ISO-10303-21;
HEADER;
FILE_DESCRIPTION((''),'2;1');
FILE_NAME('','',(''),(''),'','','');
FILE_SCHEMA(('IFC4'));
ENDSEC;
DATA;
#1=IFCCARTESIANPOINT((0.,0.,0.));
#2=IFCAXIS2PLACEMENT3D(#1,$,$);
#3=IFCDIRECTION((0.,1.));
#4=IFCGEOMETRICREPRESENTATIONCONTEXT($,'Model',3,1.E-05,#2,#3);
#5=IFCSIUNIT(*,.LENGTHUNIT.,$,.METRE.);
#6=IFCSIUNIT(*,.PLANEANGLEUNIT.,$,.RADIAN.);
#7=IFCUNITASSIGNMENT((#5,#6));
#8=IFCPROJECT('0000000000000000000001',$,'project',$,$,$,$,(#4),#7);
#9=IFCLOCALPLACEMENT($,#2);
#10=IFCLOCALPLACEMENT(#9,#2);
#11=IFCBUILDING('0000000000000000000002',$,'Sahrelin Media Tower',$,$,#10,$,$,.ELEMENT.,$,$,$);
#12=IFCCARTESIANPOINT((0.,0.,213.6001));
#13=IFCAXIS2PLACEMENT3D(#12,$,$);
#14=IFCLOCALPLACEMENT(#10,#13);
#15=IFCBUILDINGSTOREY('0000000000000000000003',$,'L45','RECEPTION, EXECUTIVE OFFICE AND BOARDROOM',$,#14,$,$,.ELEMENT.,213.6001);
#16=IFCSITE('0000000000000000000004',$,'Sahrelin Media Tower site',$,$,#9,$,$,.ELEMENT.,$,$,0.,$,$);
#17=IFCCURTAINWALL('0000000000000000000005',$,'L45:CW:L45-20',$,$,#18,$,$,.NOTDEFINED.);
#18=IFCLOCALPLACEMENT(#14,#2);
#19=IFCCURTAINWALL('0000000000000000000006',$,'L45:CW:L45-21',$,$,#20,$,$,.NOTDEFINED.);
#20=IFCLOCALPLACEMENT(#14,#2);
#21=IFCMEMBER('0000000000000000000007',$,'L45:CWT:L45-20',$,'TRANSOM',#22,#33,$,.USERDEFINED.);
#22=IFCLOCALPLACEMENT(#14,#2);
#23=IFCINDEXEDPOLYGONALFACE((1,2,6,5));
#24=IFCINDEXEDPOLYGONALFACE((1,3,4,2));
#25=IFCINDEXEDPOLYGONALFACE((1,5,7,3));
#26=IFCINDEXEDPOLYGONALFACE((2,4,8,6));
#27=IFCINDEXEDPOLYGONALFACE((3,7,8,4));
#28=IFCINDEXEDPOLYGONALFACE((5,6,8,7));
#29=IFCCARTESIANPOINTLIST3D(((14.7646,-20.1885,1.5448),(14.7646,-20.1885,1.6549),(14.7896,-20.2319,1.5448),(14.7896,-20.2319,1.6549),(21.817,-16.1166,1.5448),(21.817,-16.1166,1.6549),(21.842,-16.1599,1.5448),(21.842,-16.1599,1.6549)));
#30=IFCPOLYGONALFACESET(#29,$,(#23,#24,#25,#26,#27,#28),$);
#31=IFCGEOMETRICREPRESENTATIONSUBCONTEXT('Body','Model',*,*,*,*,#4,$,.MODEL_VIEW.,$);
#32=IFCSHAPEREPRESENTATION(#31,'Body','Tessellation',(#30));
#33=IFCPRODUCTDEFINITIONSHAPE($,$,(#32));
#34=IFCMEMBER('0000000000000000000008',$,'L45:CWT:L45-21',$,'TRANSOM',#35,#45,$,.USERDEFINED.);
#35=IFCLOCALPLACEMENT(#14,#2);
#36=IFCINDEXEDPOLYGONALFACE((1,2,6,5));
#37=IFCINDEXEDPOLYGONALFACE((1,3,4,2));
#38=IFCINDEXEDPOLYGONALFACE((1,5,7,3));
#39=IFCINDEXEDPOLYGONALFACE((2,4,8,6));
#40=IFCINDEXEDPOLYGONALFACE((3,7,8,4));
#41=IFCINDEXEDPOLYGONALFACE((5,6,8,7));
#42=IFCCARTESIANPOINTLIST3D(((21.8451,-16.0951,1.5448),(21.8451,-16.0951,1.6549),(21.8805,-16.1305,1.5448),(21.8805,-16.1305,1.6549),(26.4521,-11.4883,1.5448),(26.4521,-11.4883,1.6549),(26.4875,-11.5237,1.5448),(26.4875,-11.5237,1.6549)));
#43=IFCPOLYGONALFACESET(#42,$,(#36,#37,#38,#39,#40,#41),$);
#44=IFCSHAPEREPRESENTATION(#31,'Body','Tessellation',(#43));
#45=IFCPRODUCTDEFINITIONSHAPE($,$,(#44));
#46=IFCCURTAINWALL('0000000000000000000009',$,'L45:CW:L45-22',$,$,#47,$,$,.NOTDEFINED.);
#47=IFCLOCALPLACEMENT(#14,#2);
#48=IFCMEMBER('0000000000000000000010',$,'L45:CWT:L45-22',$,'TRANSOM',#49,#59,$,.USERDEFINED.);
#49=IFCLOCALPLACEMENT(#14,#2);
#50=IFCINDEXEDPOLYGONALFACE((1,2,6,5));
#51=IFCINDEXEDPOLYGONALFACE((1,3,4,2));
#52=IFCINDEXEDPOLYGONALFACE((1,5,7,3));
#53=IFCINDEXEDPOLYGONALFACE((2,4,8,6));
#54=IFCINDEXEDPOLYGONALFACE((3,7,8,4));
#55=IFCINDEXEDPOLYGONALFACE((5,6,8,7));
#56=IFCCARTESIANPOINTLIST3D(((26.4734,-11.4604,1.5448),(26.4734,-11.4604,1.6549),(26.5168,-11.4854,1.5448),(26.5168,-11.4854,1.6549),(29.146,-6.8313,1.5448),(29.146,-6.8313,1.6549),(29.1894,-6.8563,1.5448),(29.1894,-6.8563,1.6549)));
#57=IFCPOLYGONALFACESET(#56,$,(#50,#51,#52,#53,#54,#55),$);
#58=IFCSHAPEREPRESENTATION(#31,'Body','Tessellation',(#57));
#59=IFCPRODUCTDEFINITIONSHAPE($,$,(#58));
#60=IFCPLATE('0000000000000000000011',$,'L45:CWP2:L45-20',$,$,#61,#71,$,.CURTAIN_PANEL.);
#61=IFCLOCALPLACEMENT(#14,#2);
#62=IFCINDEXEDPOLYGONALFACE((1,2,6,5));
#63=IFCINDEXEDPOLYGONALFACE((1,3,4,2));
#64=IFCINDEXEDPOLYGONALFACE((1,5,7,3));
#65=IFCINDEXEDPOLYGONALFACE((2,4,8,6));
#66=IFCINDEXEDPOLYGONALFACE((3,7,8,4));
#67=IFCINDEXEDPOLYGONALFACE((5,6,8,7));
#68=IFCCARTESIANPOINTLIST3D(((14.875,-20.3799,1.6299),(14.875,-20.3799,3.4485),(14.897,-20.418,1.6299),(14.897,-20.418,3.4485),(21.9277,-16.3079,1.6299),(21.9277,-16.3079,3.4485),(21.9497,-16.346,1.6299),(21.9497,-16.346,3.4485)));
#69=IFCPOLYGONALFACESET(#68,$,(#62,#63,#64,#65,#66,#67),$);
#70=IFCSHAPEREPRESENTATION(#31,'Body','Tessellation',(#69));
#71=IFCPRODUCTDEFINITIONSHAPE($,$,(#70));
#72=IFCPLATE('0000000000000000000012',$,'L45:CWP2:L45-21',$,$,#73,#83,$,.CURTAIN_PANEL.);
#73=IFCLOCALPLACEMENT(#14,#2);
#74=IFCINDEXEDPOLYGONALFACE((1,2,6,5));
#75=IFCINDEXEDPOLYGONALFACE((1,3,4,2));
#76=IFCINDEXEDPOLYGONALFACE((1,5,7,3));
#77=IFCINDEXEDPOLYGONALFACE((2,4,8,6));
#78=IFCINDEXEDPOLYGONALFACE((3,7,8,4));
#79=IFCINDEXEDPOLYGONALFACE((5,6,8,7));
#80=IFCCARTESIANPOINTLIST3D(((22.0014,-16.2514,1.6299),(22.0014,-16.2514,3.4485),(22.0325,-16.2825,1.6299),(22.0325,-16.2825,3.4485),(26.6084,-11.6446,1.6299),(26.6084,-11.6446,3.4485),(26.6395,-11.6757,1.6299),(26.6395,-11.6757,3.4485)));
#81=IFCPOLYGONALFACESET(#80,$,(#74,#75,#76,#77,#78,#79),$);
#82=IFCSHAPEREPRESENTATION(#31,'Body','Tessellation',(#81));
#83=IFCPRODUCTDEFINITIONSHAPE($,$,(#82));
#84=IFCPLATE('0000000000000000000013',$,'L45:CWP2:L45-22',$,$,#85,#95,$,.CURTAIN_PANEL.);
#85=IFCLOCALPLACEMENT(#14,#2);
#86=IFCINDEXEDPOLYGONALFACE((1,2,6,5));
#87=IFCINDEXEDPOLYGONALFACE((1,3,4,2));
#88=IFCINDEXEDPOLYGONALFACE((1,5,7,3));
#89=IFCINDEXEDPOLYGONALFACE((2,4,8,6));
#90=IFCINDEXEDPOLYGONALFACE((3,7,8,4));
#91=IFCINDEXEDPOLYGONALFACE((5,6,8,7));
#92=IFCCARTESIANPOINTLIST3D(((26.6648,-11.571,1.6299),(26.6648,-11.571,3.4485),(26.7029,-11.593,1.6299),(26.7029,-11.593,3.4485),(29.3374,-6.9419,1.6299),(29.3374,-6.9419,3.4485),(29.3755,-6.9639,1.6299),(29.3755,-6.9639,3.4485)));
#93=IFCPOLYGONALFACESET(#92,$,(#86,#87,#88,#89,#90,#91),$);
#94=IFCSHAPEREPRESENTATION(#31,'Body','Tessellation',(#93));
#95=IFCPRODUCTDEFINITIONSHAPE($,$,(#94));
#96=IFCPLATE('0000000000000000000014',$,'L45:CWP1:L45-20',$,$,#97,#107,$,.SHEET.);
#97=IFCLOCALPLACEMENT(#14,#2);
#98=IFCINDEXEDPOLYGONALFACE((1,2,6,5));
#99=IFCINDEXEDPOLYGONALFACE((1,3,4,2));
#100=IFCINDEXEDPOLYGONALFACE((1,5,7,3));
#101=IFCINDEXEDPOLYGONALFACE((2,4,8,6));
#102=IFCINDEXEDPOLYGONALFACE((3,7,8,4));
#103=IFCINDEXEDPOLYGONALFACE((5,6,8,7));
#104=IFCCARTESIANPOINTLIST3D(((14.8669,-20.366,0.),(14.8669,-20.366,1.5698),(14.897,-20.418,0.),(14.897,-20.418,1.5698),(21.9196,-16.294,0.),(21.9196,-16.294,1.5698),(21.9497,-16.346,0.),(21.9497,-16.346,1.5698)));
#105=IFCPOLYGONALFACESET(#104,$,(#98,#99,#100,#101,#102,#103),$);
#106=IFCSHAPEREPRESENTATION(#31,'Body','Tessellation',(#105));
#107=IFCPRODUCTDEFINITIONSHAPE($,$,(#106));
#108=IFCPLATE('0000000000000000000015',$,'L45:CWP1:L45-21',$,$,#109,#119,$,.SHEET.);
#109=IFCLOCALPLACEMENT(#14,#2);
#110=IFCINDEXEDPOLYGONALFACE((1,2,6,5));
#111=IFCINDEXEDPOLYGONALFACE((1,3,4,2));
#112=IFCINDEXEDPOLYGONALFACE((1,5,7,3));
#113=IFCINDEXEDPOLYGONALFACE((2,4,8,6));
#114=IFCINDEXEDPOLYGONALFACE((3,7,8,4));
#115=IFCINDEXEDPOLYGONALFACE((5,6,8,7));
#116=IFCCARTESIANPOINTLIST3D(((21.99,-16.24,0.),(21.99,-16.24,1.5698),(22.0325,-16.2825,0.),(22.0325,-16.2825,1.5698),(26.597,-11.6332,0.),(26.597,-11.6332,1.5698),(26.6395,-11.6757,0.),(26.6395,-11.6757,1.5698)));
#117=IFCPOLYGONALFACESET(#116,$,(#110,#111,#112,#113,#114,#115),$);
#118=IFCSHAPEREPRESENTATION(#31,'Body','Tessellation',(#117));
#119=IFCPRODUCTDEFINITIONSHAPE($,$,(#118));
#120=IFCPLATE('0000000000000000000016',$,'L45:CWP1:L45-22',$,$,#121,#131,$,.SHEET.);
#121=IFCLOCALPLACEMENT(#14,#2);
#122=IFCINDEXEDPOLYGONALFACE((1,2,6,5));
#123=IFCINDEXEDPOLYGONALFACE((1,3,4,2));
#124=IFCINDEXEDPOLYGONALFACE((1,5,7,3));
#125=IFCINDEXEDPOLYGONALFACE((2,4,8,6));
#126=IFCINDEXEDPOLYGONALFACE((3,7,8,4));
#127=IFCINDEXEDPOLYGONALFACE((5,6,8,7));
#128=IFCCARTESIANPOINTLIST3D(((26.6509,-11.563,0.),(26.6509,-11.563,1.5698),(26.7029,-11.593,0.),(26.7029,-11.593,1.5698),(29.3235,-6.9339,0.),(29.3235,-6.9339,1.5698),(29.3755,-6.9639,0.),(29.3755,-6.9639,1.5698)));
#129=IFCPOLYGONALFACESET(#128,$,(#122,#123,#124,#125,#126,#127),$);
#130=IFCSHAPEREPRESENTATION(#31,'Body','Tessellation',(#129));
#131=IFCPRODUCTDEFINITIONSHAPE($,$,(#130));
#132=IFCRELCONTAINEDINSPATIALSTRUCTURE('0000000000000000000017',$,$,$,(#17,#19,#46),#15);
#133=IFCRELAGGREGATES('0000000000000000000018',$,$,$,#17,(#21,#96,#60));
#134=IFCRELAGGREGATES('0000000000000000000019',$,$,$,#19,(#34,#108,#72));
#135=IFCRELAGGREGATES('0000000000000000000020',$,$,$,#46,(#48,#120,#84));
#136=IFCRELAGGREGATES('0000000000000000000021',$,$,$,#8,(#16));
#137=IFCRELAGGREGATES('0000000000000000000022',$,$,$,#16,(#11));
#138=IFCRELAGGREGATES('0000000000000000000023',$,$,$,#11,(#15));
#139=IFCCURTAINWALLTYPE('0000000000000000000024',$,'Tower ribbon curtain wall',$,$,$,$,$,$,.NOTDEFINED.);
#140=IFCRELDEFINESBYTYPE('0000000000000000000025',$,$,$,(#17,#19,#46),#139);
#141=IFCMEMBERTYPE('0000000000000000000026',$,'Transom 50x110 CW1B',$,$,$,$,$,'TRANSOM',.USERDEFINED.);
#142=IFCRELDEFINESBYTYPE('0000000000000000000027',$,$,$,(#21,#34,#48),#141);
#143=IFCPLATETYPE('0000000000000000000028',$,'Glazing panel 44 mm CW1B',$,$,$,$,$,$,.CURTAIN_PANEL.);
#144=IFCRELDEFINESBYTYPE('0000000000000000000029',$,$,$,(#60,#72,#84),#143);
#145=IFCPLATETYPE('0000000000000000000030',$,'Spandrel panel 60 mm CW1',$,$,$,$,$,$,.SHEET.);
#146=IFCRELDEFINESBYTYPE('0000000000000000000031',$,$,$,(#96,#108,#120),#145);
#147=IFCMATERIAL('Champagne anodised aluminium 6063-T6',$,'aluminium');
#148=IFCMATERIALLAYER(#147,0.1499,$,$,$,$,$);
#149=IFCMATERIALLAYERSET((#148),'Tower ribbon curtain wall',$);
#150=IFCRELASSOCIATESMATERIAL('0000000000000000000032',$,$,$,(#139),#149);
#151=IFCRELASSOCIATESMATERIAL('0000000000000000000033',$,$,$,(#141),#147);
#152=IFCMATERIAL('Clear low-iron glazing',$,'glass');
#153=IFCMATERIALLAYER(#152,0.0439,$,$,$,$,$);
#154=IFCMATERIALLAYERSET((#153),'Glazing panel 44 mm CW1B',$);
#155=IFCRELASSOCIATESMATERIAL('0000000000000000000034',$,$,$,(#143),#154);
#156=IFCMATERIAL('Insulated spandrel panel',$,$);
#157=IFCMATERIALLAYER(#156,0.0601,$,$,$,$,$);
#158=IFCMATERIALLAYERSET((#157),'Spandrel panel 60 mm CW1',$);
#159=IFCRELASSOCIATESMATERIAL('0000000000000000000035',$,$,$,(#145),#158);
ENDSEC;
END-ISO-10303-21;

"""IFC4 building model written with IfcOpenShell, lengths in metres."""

from ifc_helpers import new_model, si_unit, direction, frame, origin, origin_2d, place, context, subcontext, project, spatial, polyline, rectangle, outline, extrude, material, layer, layer_set, material_profile, profile_set, type_object, element, aggregate, save


model = new_model("IFC4")

# Units and contexts
model_context = context("Model", 3, precision=1e-05, world=origin(), true_north=direction((0.0, 1.0)))
body_context = subcontext(model_context, "Body", "Model", "MODEL_VIEW")
ifc_project = project(units=[si_unit("LENGTHUNIT", "METRE"), si_unit("PLANEANGLEUNIT", "RADIAN")], contexts=[model_context])

# Site, building, storey
site_placement = place(None, origin())
site = spatial("IfcSite", under=ifc_project, at=site_placement, Name="Sahrelin Media Tower site", CompositionType="ELEMENT", RefElevation=0.0)
building_placement = place(site_placement, origin())
building = spatial("IfcBuilding", under=site, at=building_placement, Name="Sahrelin Media Tower", CompositionType="ELEMENT")
storey_placement = place(building_placement, frame((0.0, 0.0, 213.6001)))
storey = spatial("IfcBuildingStorey", under=building, at=storey_placement, Name="L45", Description="RECEPTION, EXECUTIVE OFFICE AND BOARDROOM", CompositionType="ELEMENT", Elevation=213.6001)

# Curtain walls
ifc_material_1 = material(Name="Champagne anodised aluminium 6063-T6", Category="aluminium")
ifc_layer_1 = layer(ifc_material_1, 0.1499)
ifc_layer_set_1 = layer_set([ifc_layer_1], Name="Tower ribbon curtain wall")
curtain_wall_type = type_object("IfcCurtainWallType", Name="Tower ribbon curtain wall", PredefinedType="NOTDEFINED", material=ifc_layer_set_1)
curtain_wall_1_placement = place(storey_placement, frame((18.4133, -18.3647, 0.0), z_axis=(0.0, 0.0, 1.0), x_axis=(1.0, 0.0, 0.0)))
curtain_wall_1 = element("IfcCurtainWall", 1, at=curtain_wall_1_placement, inside=storey, type_object=curtain_wall_type, Name="L45:CW:L45-20", PredefinedType="NOTDEFINED")
curtain_wall_2_placement = place(storey_placement, frame((24.3218, -13.9651, 0.0), z_axis=(0.0, 0.0, 1.0), x_axis=(1.0, 0.0, 0.0)))
curtain_wall_2 = element("IfcCurtainWall", 2, at=curtain_wall_2_placement, inside=storey, type_object=curtain_wall_type, Name="L45:CW:L45-21", PredefinedType="NOTDEFINED")

# Members
ifc_material_profile_1 = material_profile(ifc_material_1, rectangle(XDim=0.05, YDim=0.1101, at=origin_2d()), Name="Transom 50x110")
ifc_profile_set_1 = profile_set([ifc_material_profile_1], Name="Champagne anodised aluminium 6063-T6")
member_type_1 = type_object("IfcMemberType", Name="Transom 50x110 CW1B", ElementType="TRANSOM", PredefinedType="USERDEFINED", material=ifc_profile_set_1)
member_1_placement = place(storey_placement, frame((14.7771, -20.2102, 1.5999), z_axis=(0.866011, 0.500024, 0.0), x_axis=(-0.500024, 0.866011, 0.0)))
member_1 = element("IfcMember", 3, at=member_1_placement, type_object=member_type_1, Name="L45:CWT:L45-20", ObjectType="TRANSOM", PredefinedType="USERDEFINED", context=body_context, shape_type="SweptSolid", body=[
    extrude(rectangle(XDim=0.05, YDim=0.1101, at=origin_2d()), origin(), (0.0, 0.0, 1.0), 8.1436),
])
member_2_placement = place(storey_placement, frame((21.8628, -16.1128, 1.5999), z_axis=(0.707126, 0.707088, 0.0), x_axis=(-0.707088, 0.707126, 0.0)))
member_2 = element("IfcMember", 4, at=member_2_placement, type_object=member_type_1, Name="L45:CWT:L45-21", ObjectType="TRANSOM", PredefinedType="USERDEFINED", context=body_context, shape_type="SweptSolid", body=[
    extrude(rectangle(XDim=0.05, YDim=0.1101, at=origin_2d()), origin(), (0.0, 0.0, 1.0), 6.5151),
])

# Curtain wall, member
curtain_wall_3_placement = place(storey_placement, frame((28.022, -9.2683, 0.0), z_axis=(0.0, 0.0, 1.0), x_axis=(1.0, 0.0, 0.0)))
curtain_wall_3 = element("IfcCurtainWall", 5, at=curtain_wall_3_placement, inside=storey, type_object=curtain_wall_type, Name="L45:CW:L45-22", PredefinedType="NOTDEFINED")
member_3_placement = place(storey_placement, frame((26.4951, -11.4729, 1.5999), z_axis=(0.499995, 0.866028, 0.0), x_axis=(-0.866028, 0.499995, 0.0)))
member_3 = element("IfcMember", 6, at=member_3_placement, type_object=member_type_1, Name="L45:CWT:L45-22", ObjectType="TRANSOM", PredefinedType="USERDEFINED", context=body_context, shape_type="SweptSolid", body=[
    extrude(rectangle(XDim=0.05, YDim=0.1101, at=origin_2d()), origin(), (0.0, 0.0, 1.0), 5.3452),
])

# Plates
ifc_material_2 = material(Name="Clear low-iron glazing", Category="glass")
ifc_layer_2 = layer(ifc_material_2, 0.0439)
ifc_layer_set_2 = layer_set([ifc_layer_2], Name="Glazing panel 44 mm CW1B")
plate_type_1 = type_object("IfcPlateType", Name="Glazing panel 44 mm CW1B", PredefinedType="CURTAIN_PANEL", material=ifc_layer_set_2)
plate_1_placement = place(storey_placement, frame((14.897, -20.418, 1.6299), z_axis=(0.500011, -0.866019, 0.0), x_axis=(0.866019, 0.500011, 0.0)))
plate_1 = element("IfcPlate", 7, at=plate_1_placement, type_object=plate_type_1, Name="L45:CWP2:L45-20", PredefinedType="CURTAIN_PANEL", context=body_context, shape_type="SweptSolid", body=[
    extrude(outline(polyline([(0.0, 0.0), (8.1438, 0.0), (8.1438, 1.8186), (0.0, 1.8186), (0.0, 0.0)])), origin(), (0.0, 0.0, -1.0), 0.0439),
])
plate_2_placement = place(storey_placement, frame((22.0325, -16.2825, 1.6299), z_axis=(0.707088, -0.707126, 0.0), x_axis=(0.707126, 0.707088, 0.0)))
plate_2 = element("IfcPlate", 8, at=plate_2_placement, type_object=plate_type_1, Name="L45:CWP2:L45-21", PredefinedType="CURTAIN_PANEL", context=body_context, shape_type="SweptSolid", body=[
    extrude(outline(polyline([(0.0, 0.0), (6.5151, 0.0), (6.5151, 1.8186), (0.0, 1.8186), (0.0, 0.0)])), origin(), (0.0, 0.0, -1.0), 0.0439),
])
plate_3_placement = place(storey_placement, frame((26.7029, -11.593, 1.6299), z_axis=(0.866028, -0.499995, 0.0), x_axis=(0.499995, 0.866028, 0.0)))
plate_3 = element("IfcPlate", 9, at=plate_3_placement, type_object=plate_type_1, Name="L45:CWP2:L45-22", PredefinedType="CURTAIN_PANEL", context=body_context, shape_type="SweptSolid", body=[
    extrude(outline(polyline([(0.0, 0.0), (5.3452, 0.0), (5.3452, 1.8186), (0.0, 1.8186), (0.0, 0.0)])), origin(), (0.0, 0.0, -1.0), 0.0439),
])
ifc_material_3 = material(Name="Insulated spandrel panel")
ifc_layer_3 = layer(ifc_material_3, 0.0601)
ifc_layer_set_3 = layer_set([ifc_layer_3], Name="Spandrel panel 60 mm CW1")
plate_type_2 = type_object("IfcPlateType", Name="Spandrel panel 60 mm CW1", PredefinedType="SHEET", material=ifc_layer_set_3)
plate_4_placement = place(storey_placement, frame((14.897, -20.418, 0.0), z_axis=(0.500011, -0.866019, 0.0), x_axis=(0.866019, 0.500011, 0.0)))
plate_4 = element("IfcPlate", 10, at=plate_4_placement, type_object=plate_type_2, Name="L45:CWP1:L45-20", PredefinedType="SHEET", context=body_context, shape_type="SweptSolid", body=[
    extrude(outline(polyline([(0.0, 0.0), (8.1438, 0.0), (8.1438, 1.5698), (0.0, 1.5698), (0.0, 0.0)])), origin(), (0.0, 0.0, -1.0), 0.0601),
])
aggregate(curtain_wall_1, [member_1, plate_4, plate_1])
plate_5_placement = place(storey_placement, frame((22.0325, -16.2825, 0.0), z_axis=(0.707088, -0.707126, 0.0), x_axis=(0.707126, 0.707088, 0.0)))
plate_5 = element("IfcPlate", 11, at=plate_5_placement, type_object=plate_type_2, Name="L45:CWP1:L45-21", PredefinedType="SHEET", context=body_context, shape_type="SweptSolid", body=[
    extrude(outline(polyline([(0.0, 0.0), (6.5151, 0.0), (6.5151, 1.5698), (0.0, 1.5698), (0.0, 0.0)])), origin(), (0.0, 0.0, -1.0), 0.0601),
])
aggregate(curtain_wall_2, [member_2, plate_5, plate_2])
plate_6_placement = place(storey_placement, frame((26.7029, -11.593, 0.0), z_axis=(0.866028, -0.499995, 0.0), x_axis=(0.499995, 0.866028, 0.0)))
plate_6 = element("IfcPlate", 12, at=plate_6_placement, type_object=plate_type_2, Name="L45:CWP1:L45-22", PredefinedType="SHEET", context=body_context, shape_type="SweptSolid", body=[
    extrude(outline(polyline([(0.0, 0.0), (5.3452, 0.0), (5.3452, 1.5698), (0.0, 1.5698), (0.0, 0.0)])), origin(), (0.0, 0.0, -1.0), 0.0601),
])
aggregate(curtain_wall_3, [member_3, plate_6, plate_3])

save(model, "model.ifc")
